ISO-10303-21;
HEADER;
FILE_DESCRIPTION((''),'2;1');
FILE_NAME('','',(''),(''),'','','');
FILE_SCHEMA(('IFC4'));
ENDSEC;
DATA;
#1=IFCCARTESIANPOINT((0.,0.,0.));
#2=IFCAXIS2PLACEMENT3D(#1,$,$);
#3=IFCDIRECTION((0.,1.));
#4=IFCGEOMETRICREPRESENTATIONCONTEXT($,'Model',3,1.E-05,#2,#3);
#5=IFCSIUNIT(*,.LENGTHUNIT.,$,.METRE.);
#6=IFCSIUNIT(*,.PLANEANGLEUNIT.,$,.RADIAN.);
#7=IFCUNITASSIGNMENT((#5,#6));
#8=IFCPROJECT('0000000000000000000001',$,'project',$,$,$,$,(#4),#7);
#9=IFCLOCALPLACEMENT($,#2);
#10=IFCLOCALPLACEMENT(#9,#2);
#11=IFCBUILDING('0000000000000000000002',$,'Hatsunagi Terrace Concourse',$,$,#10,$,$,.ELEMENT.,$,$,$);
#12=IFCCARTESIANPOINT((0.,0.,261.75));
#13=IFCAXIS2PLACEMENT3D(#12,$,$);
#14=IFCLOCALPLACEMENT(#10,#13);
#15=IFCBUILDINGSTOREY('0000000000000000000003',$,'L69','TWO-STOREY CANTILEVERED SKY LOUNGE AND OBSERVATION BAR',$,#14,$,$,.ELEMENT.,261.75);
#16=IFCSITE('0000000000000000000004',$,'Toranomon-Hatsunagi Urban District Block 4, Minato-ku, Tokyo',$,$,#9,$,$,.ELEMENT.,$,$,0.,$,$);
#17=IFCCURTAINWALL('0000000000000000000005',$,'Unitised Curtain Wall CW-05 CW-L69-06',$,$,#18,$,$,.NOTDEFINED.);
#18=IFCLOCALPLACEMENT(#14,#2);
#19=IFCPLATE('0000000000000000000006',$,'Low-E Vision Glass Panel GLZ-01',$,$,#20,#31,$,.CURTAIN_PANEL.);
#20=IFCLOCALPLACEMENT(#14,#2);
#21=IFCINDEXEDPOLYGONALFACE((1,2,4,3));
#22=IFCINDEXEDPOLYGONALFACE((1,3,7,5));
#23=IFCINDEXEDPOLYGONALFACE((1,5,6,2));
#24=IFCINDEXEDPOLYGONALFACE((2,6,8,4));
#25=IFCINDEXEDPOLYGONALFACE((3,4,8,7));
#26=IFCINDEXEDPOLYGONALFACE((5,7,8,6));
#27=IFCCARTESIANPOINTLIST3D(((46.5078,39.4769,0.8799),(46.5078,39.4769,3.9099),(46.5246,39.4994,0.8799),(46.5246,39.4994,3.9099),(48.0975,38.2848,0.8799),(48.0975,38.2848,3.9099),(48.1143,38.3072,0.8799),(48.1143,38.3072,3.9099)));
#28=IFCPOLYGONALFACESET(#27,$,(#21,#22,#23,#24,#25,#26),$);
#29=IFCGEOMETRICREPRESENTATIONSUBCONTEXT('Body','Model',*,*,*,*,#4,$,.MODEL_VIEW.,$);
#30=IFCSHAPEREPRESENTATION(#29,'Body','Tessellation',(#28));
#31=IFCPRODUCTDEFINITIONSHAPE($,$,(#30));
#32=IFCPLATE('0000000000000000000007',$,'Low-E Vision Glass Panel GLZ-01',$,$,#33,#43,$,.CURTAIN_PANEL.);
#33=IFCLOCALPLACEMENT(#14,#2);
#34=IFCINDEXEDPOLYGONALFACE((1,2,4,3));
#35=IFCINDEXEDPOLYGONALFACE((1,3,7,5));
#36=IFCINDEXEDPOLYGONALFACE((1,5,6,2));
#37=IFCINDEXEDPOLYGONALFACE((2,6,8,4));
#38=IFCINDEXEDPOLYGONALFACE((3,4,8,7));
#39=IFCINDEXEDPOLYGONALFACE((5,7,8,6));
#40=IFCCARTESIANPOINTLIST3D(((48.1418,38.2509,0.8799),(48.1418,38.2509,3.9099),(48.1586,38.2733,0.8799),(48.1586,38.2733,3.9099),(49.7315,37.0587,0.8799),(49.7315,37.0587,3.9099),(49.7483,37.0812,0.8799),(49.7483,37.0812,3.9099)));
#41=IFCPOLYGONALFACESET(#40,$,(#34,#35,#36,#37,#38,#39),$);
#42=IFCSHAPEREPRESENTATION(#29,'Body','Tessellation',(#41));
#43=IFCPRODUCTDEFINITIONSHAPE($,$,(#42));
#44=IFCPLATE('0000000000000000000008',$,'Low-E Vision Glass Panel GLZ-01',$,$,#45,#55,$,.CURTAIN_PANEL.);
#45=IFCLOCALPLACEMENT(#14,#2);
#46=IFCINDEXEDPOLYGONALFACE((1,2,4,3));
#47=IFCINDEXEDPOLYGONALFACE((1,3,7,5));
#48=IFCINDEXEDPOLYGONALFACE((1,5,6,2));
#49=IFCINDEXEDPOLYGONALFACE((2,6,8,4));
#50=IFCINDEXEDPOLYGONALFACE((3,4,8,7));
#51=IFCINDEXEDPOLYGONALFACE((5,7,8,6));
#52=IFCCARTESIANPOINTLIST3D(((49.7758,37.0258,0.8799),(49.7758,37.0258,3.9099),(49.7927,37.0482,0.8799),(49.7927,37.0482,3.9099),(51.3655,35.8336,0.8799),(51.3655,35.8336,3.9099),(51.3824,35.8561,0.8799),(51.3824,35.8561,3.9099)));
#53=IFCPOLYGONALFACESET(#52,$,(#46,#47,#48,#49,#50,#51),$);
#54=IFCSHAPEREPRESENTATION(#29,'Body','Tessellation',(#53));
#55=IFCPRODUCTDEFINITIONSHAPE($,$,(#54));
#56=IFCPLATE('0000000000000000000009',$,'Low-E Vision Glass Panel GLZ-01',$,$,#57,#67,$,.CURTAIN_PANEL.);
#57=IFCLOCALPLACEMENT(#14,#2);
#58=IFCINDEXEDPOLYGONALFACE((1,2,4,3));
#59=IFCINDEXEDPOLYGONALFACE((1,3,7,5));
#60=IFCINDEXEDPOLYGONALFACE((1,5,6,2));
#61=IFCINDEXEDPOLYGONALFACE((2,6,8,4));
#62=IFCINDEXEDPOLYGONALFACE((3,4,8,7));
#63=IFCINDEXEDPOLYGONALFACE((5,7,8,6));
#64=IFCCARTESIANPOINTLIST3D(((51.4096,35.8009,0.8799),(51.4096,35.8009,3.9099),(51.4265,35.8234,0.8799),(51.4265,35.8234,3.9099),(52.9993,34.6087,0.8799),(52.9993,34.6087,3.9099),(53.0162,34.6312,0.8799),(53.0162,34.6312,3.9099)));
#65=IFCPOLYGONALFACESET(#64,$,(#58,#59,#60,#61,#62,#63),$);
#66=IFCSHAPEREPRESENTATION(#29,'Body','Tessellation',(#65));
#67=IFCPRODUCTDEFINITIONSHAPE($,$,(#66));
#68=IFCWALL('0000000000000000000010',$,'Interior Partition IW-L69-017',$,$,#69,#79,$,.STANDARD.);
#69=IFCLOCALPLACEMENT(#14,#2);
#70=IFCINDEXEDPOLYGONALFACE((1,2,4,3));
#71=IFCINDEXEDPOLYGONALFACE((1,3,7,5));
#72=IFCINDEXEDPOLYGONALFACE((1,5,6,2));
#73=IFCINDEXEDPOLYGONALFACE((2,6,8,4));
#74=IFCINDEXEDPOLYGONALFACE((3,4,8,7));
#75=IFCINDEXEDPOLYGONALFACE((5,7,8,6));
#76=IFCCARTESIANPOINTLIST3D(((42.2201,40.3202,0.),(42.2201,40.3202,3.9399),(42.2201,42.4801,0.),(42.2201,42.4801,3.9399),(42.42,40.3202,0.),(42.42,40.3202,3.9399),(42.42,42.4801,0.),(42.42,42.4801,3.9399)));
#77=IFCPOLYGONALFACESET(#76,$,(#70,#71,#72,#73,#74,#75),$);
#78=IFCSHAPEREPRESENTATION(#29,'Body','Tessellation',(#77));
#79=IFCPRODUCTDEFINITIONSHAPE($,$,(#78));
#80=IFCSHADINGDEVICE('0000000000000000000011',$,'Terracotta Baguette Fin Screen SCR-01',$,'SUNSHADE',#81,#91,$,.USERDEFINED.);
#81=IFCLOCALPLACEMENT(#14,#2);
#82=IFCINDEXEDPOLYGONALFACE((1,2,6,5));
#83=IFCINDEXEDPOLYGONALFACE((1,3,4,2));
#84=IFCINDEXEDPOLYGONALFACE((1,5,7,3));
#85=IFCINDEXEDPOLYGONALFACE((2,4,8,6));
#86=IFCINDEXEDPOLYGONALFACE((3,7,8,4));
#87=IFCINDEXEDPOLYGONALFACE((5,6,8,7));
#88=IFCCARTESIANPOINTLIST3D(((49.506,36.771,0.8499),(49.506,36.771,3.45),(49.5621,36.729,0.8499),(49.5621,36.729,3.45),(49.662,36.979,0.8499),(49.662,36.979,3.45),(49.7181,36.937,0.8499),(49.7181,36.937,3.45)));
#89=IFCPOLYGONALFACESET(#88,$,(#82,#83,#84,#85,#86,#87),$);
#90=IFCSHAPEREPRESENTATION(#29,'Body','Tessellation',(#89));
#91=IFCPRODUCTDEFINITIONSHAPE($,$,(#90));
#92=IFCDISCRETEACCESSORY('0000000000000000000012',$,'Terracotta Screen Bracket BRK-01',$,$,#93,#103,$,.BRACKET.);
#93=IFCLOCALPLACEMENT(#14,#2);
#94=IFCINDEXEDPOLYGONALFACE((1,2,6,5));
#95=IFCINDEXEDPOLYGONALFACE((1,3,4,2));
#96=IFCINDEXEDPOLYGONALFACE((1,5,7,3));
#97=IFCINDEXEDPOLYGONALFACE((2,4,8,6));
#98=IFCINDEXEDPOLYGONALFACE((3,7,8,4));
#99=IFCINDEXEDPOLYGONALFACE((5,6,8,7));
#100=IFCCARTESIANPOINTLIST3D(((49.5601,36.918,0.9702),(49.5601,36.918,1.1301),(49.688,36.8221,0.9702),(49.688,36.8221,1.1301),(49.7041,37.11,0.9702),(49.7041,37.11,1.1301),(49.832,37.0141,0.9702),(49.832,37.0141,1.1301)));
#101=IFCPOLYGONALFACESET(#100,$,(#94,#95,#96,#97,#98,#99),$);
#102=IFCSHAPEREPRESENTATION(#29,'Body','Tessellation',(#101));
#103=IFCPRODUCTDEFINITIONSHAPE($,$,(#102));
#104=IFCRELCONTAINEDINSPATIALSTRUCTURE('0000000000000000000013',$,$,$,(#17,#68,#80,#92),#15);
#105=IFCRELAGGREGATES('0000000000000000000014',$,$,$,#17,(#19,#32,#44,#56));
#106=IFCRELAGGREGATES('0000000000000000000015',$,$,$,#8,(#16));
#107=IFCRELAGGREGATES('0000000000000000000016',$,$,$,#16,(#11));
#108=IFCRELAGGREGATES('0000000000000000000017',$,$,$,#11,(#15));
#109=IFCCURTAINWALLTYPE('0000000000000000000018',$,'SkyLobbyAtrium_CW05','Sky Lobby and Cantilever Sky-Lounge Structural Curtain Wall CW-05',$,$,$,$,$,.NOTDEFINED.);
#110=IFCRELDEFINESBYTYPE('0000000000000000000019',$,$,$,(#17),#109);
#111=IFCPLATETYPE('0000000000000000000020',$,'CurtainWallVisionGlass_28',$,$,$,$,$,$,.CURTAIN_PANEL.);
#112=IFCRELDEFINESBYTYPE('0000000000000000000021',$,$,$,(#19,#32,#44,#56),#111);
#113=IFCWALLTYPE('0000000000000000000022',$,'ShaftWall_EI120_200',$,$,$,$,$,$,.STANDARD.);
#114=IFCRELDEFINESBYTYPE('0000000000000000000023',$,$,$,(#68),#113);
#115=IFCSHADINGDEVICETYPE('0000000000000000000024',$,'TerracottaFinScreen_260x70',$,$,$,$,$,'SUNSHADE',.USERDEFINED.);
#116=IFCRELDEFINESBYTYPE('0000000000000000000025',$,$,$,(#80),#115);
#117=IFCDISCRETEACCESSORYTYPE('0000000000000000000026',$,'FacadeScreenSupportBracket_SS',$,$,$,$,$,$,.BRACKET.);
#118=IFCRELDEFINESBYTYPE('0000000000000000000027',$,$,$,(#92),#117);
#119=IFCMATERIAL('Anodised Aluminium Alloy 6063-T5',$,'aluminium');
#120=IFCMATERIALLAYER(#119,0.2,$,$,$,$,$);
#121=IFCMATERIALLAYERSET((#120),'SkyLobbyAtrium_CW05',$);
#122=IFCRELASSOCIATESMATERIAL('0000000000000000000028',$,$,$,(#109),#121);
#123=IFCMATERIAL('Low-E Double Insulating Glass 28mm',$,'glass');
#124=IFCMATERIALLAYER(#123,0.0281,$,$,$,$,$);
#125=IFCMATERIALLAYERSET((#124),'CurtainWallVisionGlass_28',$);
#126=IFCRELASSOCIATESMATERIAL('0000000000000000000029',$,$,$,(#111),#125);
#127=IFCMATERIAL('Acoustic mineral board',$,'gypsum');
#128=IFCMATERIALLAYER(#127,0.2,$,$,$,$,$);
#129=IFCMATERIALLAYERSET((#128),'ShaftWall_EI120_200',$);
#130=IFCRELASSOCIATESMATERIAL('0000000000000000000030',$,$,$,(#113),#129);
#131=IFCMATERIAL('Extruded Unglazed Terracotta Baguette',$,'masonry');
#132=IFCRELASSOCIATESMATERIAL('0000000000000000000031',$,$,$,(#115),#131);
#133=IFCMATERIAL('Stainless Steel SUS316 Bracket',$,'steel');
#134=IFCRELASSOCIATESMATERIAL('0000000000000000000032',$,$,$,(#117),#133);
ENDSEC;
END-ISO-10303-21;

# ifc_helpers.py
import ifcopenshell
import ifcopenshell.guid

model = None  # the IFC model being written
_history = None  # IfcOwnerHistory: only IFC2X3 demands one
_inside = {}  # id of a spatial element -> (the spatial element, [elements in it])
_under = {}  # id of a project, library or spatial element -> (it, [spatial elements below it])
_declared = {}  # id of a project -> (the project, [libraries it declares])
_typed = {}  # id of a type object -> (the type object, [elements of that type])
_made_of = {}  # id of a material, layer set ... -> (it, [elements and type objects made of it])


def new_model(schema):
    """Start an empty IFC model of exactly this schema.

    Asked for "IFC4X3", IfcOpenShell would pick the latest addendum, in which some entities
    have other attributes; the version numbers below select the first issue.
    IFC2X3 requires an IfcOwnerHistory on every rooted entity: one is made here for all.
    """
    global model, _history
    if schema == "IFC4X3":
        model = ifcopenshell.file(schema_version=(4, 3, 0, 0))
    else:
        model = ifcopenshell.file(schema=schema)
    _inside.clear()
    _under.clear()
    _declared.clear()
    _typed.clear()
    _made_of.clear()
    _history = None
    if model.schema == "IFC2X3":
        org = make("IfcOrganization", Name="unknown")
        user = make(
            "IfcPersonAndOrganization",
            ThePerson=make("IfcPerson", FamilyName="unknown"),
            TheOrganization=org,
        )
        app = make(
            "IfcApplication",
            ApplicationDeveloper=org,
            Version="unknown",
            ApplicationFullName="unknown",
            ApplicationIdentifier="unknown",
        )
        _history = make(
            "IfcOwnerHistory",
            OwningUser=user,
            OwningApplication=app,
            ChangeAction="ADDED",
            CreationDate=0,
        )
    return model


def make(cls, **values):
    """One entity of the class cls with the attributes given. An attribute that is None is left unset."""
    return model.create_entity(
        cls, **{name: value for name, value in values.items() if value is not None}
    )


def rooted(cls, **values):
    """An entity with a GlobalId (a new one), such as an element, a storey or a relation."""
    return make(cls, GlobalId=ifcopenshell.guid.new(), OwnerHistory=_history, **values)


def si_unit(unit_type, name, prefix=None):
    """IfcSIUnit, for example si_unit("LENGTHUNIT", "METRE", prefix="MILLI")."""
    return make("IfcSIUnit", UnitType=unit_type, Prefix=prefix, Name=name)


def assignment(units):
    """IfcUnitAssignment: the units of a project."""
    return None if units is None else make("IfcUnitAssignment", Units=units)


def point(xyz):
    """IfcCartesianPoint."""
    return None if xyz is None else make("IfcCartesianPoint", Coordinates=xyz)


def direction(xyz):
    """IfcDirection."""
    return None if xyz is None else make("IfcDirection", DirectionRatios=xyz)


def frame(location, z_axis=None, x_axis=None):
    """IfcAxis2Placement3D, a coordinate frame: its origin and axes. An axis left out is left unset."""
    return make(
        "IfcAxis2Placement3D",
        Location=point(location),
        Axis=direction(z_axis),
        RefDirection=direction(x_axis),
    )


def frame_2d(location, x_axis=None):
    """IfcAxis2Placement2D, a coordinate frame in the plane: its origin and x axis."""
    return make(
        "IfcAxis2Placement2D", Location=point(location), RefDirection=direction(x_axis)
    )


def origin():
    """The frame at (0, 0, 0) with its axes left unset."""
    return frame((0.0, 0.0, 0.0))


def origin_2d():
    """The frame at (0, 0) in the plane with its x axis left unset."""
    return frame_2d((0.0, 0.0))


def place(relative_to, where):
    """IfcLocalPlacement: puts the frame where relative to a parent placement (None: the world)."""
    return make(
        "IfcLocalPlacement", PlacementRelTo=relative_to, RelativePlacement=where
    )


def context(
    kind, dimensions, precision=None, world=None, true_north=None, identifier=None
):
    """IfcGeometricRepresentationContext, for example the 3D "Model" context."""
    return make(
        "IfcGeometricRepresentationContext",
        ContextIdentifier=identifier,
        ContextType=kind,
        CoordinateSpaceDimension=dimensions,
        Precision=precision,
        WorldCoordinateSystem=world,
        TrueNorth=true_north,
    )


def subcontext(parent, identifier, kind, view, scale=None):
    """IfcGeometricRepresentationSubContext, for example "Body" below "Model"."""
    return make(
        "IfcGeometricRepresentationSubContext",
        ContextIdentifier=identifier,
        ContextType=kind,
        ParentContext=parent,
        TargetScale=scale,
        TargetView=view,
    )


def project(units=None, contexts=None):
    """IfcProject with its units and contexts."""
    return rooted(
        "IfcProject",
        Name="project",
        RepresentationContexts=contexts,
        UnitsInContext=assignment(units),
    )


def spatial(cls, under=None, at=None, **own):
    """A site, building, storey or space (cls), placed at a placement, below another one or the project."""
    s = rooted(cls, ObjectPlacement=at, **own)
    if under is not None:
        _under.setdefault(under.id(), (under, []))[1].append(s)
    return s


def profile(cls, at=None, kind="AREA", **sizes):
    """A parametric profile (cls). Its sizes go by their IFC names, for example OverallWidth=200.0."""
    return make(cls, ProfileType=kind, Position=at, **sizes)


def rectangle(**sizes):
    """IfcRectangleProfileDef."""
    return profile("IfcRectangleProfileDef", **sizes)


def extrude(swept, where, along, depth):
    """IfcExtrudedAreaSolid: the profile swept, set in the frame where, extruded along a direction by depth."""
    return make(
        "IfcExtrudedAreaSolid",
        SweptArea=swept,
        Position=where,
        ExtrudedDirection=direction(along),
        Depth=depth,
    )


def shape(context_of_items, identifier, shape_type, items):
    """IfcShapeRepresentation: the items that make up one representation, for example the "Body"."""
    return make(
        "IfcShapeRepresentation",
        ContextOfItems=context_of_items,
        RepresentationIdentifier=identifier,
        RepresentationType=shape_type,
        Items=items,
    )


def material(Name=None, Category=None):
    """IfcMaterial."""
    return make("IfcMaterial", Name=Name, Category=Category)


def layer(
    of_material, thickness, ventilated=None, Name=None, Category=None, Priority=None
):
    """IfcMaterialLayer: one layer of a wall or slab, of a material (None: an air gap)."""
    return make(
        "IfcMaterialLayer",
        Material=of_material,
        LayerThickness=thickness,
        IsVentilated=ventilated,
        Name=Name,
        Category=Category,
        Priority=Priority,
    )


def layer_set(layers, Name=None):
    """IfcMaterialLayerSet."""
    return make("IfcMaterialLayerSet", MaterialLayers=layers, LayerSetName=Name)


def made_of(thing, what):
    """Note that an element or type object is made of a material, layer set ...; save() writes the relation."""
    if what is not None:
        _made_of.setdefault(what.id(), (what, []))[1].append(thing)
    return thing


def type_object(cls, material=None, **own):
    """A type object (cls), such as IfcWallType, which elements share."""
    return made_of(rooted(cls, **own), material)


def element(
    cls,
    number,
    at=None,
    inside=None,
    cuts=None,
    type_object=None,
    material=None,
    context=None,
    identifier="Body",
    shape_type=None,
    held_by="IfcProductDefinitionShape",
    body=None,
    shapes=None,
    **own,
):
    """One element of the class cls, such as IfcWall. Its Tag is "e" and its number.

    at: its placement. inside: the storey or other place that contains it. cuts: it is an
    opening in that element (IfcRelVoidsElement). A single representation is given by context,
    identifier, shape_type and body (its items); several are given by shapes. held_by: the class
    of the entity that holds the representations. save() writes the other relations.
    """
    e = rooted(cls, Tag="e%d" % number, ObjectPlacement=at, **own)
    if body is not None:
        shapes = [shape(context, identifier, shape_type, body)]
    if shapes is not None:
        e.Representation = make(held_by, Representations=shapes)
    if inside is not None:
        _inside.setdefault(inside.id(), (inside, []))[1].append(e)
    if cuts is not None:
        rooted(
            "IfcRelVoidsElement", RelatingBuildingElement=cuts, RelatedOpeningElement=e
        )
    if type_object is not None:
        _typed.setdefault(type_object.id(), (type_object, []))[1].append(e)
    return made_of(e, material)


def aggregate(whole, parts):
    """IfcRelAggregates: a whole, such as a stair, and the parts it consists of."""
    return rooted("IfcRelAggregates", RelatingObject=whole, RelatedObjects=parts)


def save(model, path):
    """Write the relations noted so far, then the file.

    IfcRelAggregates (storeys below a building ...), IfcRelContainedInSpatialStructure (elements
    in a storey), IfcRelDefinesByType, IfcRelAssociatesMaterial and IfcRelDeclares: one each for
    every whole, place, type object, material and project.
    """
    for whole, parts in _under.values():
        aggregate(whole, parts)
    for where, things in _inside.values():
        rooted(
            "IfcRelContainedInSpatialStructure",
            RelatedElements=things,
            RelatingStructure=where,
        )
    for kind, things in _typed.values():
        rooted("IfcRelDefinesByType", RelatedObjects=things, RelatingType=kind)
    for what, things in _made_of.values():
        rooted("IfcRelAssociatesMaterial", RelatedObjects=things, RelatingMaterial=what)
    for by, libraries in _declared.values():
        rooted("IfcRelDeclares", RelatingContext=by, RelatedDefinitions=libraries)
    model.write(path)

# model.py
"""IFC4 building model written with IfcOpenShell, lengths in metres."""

from ifc_helpers import new_model, si_unit, direction, frame, frame_2d, origin, origin_2d, place, context, subcontext, project, spatial, rectangle, extrude, material, layer, layer_set, type_object, element, aggregate, save


model = new_model("IFC4")

# Units and contexts
model_context = context("Model", 3, precision=1e-05, world=origin(), true_north=direction((0.0, 1.0)))
body_context = subcontext(model_context, "Body", "Model", "MODEL_VIEW")
ifc_project = project(units=[si_unit("LENGTHUNIT", "METRE"), si_unit("PLANEANGLEUNIT", "RADIAN")], contexts=[model_context])

# Site, building, storey
site_placement = place(None, origin())
site = spatial("IfcSite", under=ifc_project, at=site_placement, Name="Toranomon-Hatsunagi Urban District Block 4, Minato-ku, Tokyo", CompositionType="ELEMENT", RefElevation=0.0)
building_placement = place(site_placement, origin())
building = spatial("IfcBuilding", under=site, at=building_placement, Name="Hatsunagi Terrace Concourse", CompositionType="ELEMENT")
storey_placement = place(building_placement, frame((0.0, 0.0, 261.75)))
storey = spatial("IfcBuildingStorey", under=building, at=storey_placement, Name="L69", Description="TWO-STOREY CANTILEVERED SKY LOUNGE AND OBSERVATION BAR", CompositionType="ELEMENT", Elevation=261.75)

# Shared definitions
ifc_material_1 = material(Name="Anodised Aluminium Alloy 6063-T5", Category="aluminium")
ifc_layer_1 = layer(ifc_material_1, 0.2)
ifc_layer_set_1 = layer_set([ifc_layer_1], Name="SkyLobbyAtrium_CW05")
curtain_wall_type = type_object("IfcCurtainWallType", Name="SkyLobbyAtrium_CW05", Description="Sky Lobby and Cantilever Sky-Lounge Structural Curtain Wall CW-05", PredefinedType="NOTDEFINED", material=ifc_layer_set_1)

# Curtain wall
curtain_wall_1_placement = place(storey_placement, origin())
curtain_wall_1 = element("IfcCurtainWall", 1, at=curtain_wall_1_placement, inside=storey, type_object=curtain_wall_type, Name="Unitised Curtain Wall CW-05 CW-L69-06", PredefinedType="NOTDEFINED")

# Plates
ifc_material_2 = material(Name="Low-E Double Insulating Glass 28mm", Category="glass")
ifc_layer_2 = layer(ifc_material_2, 0.0281)
ifc_layer_set_2 = layer_set([ifc_layer_2], Name="CurtainWallVisionGlass_28")
plate_type_1 = type_object("IfcPlateType", Name="CurtainWallVisionGlass_28", PredefinedType="CURTAIN_PANEL", material=ifc_layer_set_2)
plate_1_placement = place(storey_placement, frame((47.311, 38.8921, 0.8799), z_axis=(0.0, 0.0, 1.0), x_axis=(0.800023, -0.599969, 0.0)))
plate_1 = element("IfcPlate", 2, at=plate_1_placement, type_object=plate_type_1, Name="Low-E Vision Glass Panel GLZ-01", PredefinedType="CURTAIN_PANEL", context=body_context, shape_type="SweptSolid", body=[
    extrude(rectangle(XDim=1.9871, YDim=0.0281, at=origin_2d()), origin(), (0.0, 0.0, 1.0), 3.03),
])
plate_2_placement = place(storey_placement, frame((48.9451, 37.666, 0.8799), z_axis=(0.0, 0.0, 1.0), x_axis=(0.800023, -0.599969, 0.0)))
plate_2 = element("IfcPlate", 3, at=plate_2_placement, type_object=plate_type_1, Name="Low-E Vision Glass Panel GLZ-01", PredefinedType="CURTAIN_PANEL", context=body_context, shape_type="SweptSolid", body=[
    extrude(rectangle(XDim=1.9871, YDim=0.0281, at=origin_2d()), origin(), (0.0, 0.0, 1.0), 3.03),
])
plate_3_placement = place(storey_placement, frame((50.5791, 36.4409, 0.8799), z_axis=(0.0, 0.0, 1.0), x_axis=(0.800023, -0.599969, 0.0)))
plate_3 = element("IfcPlate", 4, at=plate_3_placement, type_object=plate_type_1, Name="Low-E Vision Glass Panel GLZ-01", PredefinedType="CURTAIN_PANEL", context=body_context, shape_type="SweptSolid", body=[
    extrude(rectangle(XDim=1.9871, YDim=0.0281, at=origin_2d()), origin(), (0.0, 0.0, 1.0), 3.03),
])
plate_4_placement = place(storey_placement, frame((52.2129, 35.2161, 0.8799), z_axis=(0.0, 0.0, 1.0), x_axis=(0.800023, -0.599969, 0.0)))
plate_4 = element("IfcPlate", 5, at=plate_4_placement, type_object=plate_type_1, Name="Low-E Vision Glass Panel GLZ-01", PredefinedType="CURTAIN_PANEL", context=body_context, shape_type="SweptSolid", body=[
    extrude(rectangle(XDim=1.9871, YDim=0.0281, at=origin_2d()), origin(), (0.0, 0.0, 1.0), 3.03),
])
aggregate(curtain_wall_1, [plate_1, plate_2, plate_3, plate_4])

# Wall
ifc_material_3 = material(Name="Acoustic mineral board", Category="gypsum")
ifc_layer_3 = layer(ifc_material_3, 0.2)
ifc_layer_set_3 = layer_set([ifc_layer_3], Name="ShaftWall_EI120_200")
wall_type = type_object("IfcWallType", Name="ShaftWall_EI120_200", PredefinedType="STANDARD", material=ifc_layer_set_3)
wall_placement = place(storey_placement, frame((42.3201, 40.3201, 0.0), z_axis=(0.0, 0.0, 1.0), x_axis=(0.0, 1.0, 0.0)))
element("IfcWall", 6, at=wall_placement, inside=storey, type_object=wall_type, Name="Interior Partition IW-L69-017", PredefinedType="STANDARD", context=body_context, shape_type="SweptSolid", body=[
    extrude(rectangle(XDim=2.1599, YDim=0.2, at=frame_2d((1.0801, 0.0))), origin(), (0.0, 0.0, 1.0), 3.9399),
])

# Shading device
ifc_material_4 = material(Name="Extruded Unglazed Terracotta Baguette", Category="masonry")
shading_device_type = type_object("IfcShadingDeviceType", Name="TerracottaFinScreen_260x70", ElementType="SUNSHADE", PredefinedType="USERDEFINED", material=ifc_material_4)
shading_device_placement = place(storey_placement, frame((49.6121, 36.854, 0.8499), z_axis=(0.0, 0.0, 1.0), x_axis=(0.800023, -0.599969, 0.0)))
element("IfcShadingDevice", 7, at=shading_device_placement, inside=storey, type_object=shading_device_type, Name="Terracotta Baguette Fin Screen SCR-01", ObjectType="SUNSHADE", PredefinedType="USERDEFINED", context=body_context, shape_type="SweptSolid", body=[
    extrude(rectangle(XDim=0.0701, YDim=0.26, at=origin_2d()), origin(), (0.0, 0.0, 1.0), 2.6001),
])

# Discrete accessory
ifc_material_5 = material(Name="Stainless Steel SUS316 Bracket", Category="steel")
discrete_accessory_type = type_object("IfcDiscreteAccessoryType", Name="FacadeScreenSupportBracket_SS", PredefinedType="BRACKET", material=ifc_material_5)
discrete_accessory_placement = place(storey_placement, frame((49.696, 36.9661, 0.9702), z_axis=(0.0, 0.0, 1.0), x_axis=(0.800023, -0.599969, 0.0)))
element("IfcDiscreteAccessory", 8, at=discrete_accessory_placement, inside=storey, type_object=discrete_accessory_type, Name="Terracotta Screen Bracket BRK-01", PredefinedType="BRACKET", context=body_context, shape_type="SweptSolid", body=[
    extrude(rectangle(XDim=0.1599, YDim=0.24, at=origin_2d()), origin(), (0.0, 0.0, 1.0), 0.1599),
])

save(model, "model.ifc")
